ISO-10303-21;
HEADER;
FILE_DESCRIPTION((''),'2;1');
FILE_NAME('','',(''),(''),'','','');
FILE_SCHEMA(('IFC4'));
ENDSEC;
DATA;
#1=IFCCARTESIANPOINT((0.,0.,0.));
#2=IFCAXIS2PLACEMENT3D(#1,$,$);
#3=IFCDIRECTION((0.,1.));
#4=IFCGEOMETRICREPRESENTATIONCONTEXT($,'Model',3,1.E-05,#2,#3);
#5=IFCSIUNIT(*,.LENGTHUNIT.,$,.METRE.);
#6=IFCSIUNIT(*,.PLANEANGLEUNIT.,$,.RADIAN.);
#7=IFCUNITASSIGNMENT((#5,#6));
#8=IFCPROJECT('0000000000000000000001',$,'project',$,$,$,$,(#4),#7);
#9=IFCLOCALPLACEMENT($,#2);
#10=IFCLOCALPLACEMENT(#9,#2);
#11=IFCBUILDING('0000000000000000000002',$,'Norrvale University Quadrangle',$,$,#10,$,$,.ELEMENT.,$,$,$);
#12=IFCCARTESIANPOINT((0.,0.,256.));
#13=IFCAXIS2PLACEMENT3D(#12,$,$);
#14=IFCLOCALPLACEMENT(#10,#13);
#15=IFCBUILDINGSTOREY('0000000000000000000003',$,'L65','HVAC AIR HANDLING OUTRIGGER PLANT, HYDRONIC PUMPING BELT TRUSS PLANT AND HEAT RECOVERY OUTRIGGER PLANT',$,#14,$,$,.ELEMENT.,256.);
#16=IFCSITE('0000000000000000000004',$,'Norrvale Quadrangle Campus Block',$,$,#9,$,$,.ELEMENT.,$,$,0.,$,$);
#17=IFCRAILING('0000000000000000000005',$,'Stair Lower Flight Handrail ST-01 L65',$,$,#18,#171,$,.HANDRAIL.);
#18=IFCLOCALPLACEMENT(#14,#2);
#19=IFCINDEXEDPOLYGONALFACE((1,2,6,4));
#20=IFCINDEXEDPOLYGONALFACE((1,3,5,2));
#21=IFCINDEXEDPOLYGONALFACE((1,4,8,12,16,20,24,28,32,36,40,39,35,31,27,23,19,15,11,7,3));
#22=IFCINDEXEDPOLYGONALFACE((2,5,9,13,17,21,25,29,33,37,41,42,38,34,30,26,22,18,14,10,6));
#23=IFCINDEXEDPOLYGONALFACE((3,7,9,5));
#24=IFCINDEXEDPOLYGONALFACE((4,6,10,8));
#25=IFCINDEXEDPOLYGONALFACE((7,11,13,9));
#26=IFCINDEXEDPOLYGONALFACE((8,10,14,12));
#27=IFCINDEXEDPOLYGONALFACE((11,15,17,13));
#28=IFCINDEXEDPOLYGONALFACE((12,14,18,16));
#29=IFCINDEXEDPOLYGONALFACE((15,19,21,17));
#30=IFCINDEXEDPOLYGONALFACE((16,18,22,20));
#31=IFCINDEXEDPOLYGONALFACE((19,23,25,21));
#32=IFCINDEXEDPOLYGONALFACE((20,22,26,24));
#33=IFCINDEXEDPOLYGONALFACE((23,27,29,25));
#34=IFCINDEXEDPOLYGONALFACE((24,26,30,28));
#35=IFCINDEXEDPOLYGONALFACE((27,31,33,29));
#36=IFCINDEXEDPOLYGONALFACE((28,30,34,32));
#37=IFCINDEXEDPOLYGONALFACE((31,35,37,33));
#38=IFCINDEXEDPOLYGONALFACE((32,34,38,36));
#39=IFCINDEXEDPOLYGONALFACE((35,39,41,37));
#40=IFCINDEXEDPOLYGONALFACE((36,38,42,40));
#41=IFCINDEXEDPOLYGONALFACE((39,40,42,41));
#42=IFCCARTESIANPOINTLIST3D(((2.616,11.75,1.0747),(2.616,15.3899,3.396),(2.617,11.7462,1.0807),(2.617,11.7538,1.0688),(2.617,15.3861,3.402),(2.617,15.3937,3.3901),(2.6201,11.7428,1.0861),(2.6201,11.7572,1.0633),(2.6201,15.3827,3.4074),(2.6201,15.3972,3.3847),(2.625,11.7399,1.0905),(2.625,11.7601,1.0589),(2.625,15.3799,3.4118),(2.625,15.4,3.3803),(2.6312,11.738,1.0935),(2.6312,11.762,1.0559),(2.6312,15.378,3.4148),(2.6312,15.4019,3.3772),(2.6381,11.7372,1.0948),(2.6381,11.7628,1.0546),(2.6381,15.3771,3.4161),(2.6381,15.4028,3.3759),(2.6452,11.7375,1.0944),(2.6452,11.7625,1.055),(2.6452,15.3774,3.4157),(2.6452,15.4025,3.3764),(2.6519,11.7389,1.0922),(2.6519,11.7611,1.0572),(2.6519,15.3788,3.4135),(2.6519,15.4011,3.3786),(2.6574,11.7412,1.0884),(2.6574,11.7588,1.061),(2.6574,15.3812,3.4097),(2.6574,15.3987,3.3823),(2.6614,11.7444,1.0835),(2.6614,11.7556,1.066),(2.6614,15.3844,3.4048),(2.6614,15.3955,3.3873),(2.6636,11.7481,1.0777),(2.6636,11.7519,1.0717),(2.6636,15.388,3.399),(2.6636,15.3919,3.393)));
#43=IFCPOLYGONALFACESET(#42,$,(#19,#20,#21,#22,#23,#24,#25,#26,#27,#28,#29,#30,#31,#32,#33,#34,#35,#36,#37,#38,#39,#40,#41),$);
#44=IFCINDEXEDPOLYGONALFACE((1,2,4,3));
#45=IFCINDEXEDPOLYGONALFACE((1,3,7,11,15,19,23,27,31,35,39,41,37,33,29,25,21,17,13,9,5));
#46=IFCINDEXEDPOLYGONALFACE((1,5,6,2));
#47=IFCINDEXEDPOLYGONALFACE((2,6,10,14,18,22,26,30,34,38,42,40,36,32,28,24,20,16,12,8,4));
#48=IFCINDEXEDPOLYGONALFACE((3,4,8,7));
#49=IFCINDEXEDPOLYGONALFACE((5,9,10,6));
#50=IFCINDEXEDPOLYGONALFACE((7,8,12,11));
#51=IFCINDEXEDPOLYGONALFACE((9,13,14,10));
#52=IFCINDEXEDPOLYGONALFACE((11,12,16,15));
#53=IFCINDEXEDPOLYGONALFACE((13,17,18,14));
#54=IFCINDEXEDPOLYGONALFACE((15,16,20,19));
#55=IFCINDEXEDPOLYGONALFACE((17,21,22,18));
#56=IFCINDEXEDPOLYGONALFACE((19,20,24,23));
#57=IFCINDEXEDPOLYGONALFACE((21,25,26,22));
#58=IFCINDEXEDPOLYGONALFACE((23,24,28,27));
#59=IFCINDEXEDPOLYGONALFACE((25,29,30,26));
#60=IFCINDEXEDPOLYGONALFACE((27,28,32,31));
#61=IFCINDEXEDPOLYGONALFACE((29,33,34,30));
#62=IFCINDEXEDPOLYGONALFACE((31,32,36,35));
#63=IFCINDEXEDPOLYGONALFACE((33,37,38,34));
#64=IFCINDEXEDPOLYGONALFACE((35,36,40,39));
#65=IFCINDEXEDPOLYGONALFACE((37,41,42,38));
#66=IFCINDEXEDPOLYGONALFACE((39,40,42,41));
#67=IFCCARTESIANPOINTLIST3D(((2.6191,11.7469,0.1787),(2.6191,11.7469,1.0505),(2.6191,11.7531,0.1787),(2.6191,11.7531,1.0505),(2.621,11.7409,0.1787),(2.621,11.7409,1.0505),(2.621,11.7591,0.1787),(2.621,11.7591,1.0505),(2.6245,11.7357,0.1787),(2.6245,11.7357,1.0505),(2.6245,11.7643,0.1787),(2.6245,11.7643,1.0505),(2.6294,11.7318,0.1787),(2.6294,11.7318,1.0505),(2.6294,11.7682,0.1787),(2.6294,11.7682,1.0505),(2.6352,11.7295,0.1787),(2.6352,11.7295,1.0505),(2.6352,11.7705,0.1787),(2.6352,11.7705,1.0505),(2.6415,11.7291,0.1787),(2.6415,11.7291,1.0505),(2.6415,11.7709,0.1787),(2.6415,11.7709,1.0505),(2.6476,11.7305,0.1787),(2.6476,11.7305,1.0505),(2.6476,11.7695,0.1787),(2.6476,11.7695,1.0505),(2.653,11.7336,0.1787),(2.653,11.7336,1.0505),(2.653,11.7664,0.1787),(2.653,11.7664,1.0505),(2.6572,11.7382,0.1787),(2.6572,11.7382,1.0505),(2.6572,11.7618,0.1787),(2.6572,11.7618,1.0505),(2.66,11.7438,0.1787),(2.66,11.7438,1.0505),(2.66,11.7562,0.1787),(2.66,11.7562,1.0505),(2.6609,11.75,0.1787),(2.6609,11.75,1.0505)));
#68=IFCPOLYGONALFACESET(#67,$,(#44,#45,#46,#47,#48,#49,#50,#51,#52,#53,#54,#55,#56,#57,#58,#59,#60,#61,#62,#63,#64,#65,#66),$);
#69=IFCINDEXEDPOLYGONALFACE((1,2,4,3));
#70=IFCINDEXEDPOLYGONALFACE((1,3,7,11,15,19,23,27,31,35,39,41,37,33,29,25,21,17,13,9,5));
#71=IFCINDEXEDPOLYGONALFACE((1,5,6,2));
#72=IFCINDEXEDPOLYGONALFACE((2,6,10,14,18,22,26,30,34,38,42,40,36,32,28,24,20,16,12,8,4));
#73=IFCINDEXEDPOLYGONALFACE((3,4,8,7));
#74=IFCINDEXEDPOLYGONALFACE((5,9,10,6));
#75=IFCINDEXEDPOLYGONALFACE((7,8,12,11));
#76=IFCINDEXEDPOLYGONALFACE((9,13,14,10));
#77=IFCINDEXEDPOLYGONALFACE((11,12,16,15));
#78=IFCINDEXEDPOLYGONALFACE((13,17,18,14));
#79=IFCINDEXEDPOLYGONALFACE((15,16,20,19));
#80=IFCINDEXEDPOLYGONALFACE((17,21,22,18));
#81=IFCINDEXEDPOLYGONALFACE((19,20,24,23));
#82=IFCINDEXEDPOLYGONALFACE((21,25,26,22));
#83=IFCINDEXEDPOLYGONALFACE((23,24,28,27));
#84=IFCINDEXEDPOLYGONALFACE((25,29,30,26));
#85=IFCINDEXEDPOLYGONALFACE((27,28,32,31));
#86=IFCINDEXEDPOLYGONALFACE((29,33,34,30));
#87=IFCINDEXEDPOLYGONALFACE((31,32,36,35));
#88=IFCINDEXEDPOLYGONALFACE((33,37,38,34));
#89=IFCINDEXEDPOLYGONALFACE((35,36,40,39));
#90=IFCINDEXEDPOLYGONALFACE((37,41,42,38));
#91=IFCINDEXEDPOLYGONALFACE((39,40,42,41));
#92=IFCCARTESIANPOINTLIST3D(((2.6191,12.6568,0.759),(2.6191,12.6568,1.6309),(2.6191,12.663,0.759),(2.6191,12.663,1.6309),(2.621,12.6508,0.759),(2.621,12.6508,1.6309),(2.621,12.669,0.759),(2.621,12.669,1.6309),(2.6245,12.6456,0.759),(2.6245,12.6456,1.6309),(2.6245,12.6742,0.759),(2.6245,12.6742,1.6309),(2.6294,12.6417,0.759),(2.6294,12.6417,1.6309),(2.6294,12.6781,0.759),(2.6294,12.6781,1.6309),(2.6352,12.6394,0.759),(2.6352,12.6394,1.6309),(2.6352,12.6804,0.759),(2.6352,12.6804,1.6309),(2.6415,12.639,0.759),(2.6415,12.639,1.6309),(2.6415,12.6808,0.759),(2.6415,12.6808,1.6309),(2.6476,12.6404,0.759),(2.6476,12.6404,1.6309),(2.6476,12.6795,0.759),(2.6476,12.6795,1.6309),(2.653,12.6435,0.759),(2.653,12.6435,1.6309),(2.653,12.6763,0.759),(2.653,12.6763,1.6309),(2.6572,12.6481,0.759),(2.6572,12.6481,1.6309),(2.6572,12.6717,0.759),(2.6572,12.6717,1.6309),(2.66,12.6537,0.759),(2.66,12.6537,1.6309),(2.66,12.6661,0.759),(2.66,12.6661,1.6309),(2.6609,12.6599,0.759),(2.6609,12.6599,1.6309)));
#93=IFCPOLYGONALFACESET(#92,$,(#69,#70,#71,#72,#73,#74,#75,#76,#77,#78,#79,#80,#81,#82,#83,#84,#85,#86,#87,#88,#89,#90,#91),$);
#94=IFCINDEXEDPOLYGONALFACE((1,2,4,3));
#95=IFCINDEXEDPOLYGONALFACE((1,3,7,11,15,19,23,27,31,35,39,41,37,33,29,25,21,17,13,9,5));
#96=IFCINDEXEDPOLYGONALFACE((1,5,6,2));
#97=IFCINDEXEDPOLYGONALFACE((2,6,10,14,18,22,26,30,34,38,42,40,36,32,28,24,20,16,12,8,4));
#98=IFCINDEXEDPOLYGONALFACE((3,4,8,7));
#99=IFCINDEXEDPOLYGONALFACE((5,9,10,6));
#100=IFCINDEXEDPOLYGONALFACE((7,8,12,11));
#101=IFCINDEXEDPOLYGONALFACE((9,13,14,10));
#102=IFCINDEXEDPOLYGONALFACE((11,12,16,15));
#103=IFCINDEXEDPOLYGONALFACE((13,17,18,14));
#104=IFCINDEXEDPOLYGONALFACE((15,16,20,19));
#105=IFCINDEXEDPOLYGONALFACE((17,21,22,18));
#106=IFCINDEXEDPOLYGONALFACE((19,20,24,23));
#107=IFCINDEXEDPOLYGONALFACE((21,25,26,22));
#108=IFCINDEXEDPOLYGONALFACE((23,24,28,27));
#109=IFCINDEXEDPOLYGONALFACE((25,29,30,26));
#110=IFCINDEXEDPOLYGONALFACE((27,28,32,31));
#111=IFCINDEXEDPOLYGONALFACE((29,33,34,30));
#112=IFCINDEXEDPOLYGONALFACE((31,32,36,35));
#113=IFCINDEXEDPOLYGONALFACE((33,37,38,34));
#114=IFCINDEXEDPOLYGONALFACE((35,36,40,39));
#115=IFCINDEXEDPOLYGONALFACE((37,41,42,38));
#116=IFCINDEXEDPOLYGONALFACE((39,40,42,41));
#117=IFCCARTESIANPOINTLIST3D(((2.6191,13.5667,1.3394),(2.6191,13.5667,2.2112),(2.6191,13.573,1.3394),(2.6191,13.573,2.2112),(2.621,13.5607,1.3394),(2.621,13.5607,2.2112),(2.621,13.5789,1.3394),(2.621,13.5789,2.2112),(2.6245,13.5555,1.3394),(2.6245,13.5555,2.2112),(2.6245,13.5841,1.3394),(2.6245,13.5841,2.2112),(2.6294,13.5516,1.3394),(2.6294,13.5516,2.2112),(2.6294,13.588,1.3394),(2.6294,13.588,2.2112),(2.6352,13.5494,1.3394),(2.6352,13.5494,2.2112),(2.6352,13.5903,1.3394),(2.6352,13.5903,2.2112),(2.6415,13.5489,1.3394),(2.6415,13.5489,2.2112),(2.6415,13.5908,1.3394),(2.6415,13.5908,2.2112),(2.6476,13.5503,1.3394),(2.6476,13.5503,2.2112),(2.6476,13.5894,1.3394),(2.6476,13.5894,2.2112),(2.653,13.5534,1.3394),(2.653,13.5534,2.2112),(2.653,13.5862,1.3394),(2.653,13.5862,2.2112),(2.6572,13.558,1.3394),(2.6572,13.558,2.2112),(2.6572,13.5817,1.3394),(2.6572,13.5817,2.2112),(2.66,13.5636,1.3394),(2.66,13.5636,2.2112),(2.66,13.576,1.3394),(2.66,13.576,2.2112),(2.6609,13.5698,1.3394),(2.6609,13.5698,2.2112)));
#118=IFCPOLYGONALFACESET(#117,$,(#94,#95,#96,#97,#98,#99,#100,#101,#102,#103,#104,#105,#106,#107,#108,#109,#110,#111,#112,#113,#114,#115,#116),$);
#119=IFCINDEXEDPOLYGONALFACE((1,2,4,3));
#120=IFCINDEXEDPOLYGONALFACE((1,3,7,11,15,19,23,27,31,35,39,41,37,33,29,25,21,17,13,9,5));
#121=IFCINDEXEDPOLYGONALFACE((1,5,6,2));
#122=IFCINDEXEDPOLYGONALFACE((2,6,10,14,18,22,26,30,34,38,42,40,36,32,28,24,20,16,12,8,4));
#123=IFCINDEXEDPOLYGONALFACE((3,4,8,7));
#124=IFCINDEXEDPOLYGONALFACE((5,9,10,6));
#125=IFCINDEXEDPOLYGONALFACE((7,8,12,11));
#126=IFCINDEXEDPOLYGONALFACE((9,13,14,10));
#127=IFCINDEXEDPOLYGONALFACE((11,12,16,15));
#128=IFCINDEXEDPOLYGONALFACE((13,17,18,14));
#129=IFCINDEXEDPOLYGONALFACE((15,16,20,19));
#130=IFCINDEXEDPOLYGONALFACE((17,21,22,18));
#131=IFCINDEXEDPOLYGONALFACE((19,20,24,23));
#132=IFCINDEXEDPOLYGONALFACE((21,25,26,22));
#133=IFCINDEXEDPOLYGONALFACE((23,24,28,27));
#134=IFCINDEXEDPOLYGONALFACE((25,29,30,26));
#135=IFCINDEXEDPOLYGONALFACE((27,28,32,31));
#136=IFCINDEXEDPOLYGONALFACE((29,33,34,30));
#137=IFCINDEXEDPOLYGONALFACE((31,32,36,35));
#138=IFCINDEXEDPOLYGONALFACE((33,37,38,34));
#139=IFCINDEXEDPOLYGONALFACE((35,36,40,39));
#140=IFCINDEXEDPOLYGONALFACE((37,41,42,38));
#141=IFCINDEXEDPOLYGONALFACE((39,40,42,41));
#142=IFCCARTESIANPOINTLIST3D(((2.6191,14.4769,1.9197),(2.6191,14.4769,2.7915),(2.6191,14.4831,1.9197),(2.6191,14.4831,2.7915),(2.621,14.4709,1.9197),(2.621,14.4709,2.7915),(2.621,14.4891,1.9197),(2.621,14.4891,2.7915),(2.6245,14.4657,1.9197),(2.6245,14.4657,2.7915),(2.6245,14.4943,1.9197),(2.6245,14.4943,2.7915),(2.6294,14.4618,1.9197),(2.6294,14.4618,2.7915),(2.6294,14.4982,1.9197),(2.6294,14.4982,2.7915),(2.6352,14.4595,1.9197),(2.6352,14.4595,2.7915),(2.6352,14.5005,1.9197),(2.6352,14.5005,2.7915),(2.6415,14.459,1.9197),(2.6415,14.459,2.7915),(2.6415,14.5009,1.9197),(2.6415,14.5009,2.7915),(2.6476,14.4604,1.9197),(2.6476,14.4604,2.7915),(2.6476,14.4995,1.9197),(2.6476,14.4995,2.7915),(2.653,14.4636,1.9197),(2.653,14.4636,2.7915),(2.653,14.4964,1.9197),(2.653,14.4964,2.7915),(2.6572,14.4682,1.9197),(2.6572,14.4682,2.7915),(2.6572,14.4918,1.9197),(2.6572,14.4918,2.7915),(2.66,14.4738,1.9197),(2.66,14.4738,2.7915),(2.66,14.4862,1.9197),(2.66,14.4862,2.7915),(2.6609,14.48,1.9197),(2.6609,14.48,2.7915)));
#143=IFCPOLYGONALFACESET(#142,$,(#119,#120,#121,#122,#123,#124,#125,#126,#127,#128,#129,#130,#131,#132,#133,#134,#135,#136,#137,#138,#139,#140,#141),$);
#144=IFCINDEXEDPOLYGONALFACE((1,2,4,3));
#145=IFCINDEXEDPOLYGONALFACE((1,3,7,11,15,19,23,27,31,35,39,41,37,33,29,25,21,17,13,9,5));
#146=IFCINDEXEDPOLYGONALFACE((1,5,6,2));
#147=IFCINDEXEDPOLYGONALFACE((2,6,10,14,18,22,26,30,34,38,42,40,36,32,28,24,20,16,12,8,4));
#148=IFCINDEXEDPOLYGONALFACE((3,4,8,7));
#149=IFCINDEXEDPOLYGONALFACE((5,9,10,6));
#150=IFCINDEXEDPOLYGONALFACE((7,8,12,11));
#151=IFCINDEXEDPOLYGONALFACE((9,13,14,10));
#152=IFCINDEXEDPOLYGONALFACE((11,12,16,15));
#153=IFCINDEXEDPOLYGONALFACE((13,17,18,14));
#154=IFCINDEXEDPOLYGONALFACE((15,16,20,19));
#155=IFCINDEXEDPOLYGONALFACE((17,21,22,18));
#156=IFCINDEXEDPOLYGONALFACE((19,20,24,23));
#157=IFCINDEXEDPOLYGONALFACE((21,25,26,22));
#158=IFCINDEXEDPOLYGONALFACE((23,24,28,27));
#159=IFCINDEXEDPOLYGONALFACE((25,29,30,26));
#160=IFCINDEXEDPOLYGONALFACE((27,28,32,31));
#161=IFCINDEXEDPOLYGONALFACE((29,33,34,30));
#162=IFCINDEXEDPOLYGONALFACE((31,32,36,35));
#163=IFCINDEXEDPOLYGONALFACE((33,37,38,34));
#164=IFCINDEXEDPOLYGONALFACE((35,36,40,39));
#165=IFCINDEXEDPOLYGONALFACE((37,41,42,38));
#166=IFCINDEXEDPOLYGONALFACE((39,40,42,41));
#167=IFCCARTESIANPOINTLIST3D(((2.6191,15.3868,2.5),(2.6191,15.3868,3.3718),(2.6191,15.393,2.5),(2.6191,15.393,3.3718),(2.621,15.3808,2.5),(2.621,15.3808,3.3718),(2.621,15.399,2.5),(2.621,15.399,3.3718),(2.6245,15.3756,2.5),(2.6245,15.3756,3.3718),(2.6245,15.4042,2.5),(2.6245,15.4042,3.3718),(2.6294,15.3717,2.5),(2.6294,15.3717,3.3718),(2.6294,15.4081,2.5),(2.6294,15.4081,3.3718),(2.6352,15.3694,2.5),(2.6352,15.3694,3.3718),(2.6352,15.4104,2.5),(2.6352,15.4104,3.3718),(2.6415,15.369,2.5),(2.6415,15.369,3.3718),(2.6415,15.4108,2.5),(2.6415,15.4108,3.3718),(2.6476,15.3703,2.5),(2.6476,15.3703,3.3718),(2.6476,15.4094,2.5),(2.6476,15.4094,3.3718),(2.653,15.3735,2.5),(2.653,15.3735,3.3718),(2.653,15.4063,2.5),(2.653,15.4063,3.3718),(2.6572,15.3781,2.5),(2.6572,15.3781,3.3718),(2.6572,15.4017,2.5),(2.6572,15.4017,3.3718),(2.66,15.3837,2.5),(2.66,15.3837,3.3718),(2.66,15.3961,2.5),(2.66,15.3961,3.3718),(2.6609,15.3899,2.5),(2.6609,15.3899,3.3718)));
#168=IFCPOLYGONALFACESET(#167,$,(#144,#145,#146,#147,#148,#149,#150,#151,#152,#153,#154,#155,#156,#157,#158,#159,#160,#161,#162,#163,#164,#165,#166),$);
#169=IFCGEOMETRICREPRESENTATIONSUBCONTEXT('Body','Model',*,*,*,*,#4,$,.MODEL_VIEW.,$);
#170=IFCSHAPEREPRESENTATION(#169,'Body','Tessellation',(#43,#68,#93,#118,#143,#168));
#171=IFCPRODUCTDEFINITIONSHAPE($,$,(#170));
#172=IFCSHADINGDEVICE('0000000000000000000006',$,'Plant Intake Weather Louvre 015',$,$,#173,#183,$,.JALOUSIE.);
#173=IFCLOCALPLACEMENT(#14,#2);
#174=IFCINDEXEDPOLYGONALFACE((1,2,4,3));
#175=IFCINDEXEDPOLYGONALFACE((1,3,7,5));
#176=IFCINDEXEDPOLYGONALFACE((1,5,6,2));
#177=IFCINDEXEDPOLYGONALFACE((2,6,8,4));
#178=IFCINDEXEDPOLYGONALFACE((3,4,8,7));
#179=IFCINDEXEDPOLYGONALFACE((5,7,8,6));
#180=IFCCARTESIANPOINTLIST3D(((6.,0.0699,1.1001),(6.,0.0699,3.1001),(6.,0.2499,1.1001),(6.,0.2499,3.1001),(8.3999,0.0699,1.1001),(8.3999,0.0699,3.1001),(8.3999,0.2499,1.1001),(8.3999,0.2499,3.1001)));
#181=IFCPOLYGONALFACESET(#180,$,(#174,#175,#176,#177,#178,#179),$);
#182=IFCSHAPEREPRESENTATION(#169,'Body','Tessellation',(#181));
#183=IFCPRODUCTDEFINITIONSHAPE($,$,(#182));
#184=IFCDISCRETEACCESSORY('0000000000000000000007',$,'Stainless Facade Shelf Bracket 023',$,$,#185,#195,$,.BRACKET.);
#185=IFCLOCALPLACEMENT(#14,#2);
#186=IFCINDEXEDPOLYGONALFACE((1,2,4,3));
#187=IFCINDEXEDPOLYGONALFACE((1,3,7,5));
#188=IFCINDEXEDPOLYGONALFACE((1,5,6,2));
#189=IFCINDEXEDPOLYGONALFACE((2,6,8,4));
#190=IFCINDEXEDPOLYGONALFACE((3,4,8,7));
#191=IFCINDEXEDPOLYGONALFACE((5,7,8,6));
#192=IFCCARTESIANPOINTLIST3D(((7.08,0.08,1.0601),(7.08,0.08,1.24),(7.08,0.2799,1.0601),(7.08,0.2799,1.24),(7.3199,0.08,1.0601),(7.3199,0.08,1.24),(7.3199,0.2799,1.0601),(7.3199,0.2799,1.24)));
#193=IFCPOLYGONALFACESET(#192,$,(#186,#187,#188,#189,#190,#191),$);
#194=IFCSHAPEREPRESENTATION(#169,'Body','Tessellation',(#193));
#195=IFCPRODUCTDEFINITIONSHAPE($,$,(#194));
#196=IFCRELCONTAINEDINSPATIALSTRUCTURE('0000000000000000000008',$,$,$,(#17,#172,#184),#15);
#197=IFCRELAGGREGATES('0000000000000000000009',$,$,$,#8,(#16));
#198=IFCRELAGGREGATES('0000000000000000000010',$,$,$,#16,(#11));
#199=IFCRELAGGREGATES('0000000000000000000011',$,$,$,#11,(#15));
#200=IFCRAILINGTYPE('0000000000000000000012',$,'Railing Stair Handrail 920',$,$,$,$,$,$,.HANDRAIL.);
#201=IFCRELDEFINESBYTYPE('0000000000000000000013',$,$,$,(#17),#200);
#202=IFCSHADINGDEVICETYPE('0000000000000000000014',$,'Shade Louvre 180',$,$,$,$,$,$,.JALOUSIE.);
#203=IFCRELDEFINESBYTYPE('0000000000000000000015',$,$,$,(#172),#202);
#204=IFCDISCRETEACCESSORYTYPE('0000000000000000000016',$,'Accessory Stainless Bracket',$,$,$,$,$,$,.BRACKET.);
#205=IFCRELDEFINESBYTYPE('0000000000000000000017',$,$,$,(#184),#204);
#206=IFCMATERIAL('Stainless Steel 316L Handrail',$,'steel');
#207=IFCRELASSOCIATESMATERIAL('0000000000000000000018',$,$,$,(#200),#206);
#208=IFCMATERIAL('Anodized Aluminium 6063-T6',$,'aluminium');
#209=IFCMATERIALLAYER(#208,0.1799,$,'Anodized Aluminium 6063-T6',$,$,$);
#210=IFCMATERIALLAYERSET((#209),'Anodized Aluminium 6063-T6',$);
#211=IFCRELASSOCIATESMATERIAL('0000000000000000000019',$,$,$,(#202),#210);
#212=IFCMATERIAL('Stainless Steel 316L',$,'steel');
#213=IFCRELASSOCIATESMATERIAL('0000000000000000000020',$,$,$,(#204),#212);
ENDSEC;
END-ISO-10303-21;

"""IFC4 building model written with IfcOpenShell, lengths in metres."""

from ifc_helpers import new_model, si_unit, direction, frame, origin, origin_2d, place, context, subcontext, project, spatial, rectangle, circle, extrude, material, layer, layer_set, type_object, element, save


model = new_model("IFC4")

# Units and contexts
model_context = context("Model", 3, precision=1e-05, world=origin(), true_north=direction((0.0, 1.0)))
body_context = subcontext(model_context, "Body", "Model", "MODEL_VIEW")
ifc_project = project(units=[si_unit("LENGTHUNIT", "METRE"), si_unit("PLANEANGLEUNIT", "RADIAN")], contexts=[model_context])

# Site, building, storey
site_placement = place(None, origin())
site = spatial("IfcSite", under=ifc_project, at=site_placement, Name="Norrvale Quadrangle Campus Block", CompositionType="ELEMENT", RefElevation=0.0)
building_placement = place(site_placement, origin())
building = spatial("IfcBuilding", under=site, at=building_placement, Name="Norrvale University Quadrangle", CompositionType="ELEMENT")
storey_placement = place(building_placement, frame((0.0, 0.0, 256.0)))
storey = spatial("IfcBuildingStorey", under=building, at=storey_placement, Name="L65", Description="HVAC AIR HANDLING OUTRIGGER PLANT, HYDRONIC PUMPING BELT TRUSS PLANT AND HEAT RECOVERY OUTRIGGER PLANT", CompositionType="ELEMENT", Elevation=256.0)

# Railing
ifc_material_1 = material(Name="Stainless Steel 316L Handrail", Category="steel")
railing_type_1 = type_object("IfcRailingType", Name="Railing Stair Handrail 920", PredefinedType="HANDRAIL", material=ifc_material_1)
railing_1_placement = place(storey_placement, frame((2.6399, 11.75, 0.1787)))
element("IfcRailing", 1, at=railing_1_placement, inside=storey, type_object=railing_type_1, Name="Stair Lower Flight Handrail ST-01 L65", PredefinedType="HANDRAIL", context=body_context, shape_type="SweptSolid", body=[
    extrude(circle(Radius=0.0239, at=origin_2d()), frame((0.0, 0.0, 0.896), z_axis=(0.0, 0.843137, 0.537699), x_axis=(-1.0, 0.0, 0.0)), (0.0, 0.0, 1.0), 4.3171),
    extrude(circle(Radius=0.021, at=origin_2d()), origin(), (0.0, 0.0, 1.0), 0.8718),
    extrude(circle(Radius=0.021, at=origin_2d()), frame((0.0, 0.9099, 0.5803)), (0.0, 0.0, 1.0), 0.8718),
    extrude(circle(Radius=0.021, at=origin_2d()), frame((0.0, 1.8198, 1.1606)), (0.0, 0.0, 1.0), 0.8718),
    extrude(circle(Radius=0.021, at=origin_2d()), frame((0.0, 2.73, 1.741)), (0.0, 0.0, 1.0), 0.8718),
    extrude(circle(Radius=0.021, at=origin_2d()), frame((0.0, 3.6399, 2.3213)), (0.0, 0.0, 1.0), 0.8718),
])

# Shading device
ifc_material_2 = material(Name="Anodized Aluminium 6063-T6", Category="aluminium")
ifc_layer_1 = layer(ifc_material_2, 0.1799, Name="Anodized Aluminium 6063-T6")
ifc_layer_set_1 = layer_set([ifc_layer_1], Name="Anodized Aluminium 6063-T6")
shading_device_type = type_object("IfcShadingDeviceType", Name="Shade Louvre 180", PredefinedType="JALOUSIE", material=ifc_layer_set_1)
shading_device_placement = place(storey_placement, frame((7.2, 0.1599, 1.1001), z_axis=(0.0, 0.0, 1.0), x_axis=(1.0, 0.0, 0.0)))
element("IfcShadingDevice", 2, at=shading_device_placement, inside=storey, type_object=shading_device_type, Name="Plant Intake Weather Louvre 015", PredefinedType="JALOUSIE", context=body_context, shape_type="SweptSolid", body=[
    extrude(rectangle(XDim=2.3999, YDim=0.1799, at=origin_2d()), origin(), (0.0, 0.0, 1.0), 2.0),
])

# Discrete accessory
ifc_material_3 = material(Name="Stainless Steel 316L", Category="steel")
discrete_accessory_type = type_object("IfcDiscreteAccessoryType", Name="Accessory Stainless Bracket", PredefinedType="BRACKET", material=ifc_material_3)
discrete_accessory_placement = place(storey_placement, frame((7.2, 0.1799, 1.0601), z_axis=(0.0, 0.0, 1.0), x_axis=(1.0, 0.0, 0.0)))
element("IfcDiscreteAccessory", 3, at=discrete_accessory_placement, inside=storey, type_object=discrete_accessory_type, Name="Stainless Facade Shelf Bracket 023", PredefinedType="BRACKET", context=body_context, shape_type="SweptSolid", body=[
    extrude(rectangle(XDim=0.24, YDim=0.2, at=origin_2d()), origin(), (0.0, 0.0, 1.0), 0.1799),
])

save(model, "model.ifc")
